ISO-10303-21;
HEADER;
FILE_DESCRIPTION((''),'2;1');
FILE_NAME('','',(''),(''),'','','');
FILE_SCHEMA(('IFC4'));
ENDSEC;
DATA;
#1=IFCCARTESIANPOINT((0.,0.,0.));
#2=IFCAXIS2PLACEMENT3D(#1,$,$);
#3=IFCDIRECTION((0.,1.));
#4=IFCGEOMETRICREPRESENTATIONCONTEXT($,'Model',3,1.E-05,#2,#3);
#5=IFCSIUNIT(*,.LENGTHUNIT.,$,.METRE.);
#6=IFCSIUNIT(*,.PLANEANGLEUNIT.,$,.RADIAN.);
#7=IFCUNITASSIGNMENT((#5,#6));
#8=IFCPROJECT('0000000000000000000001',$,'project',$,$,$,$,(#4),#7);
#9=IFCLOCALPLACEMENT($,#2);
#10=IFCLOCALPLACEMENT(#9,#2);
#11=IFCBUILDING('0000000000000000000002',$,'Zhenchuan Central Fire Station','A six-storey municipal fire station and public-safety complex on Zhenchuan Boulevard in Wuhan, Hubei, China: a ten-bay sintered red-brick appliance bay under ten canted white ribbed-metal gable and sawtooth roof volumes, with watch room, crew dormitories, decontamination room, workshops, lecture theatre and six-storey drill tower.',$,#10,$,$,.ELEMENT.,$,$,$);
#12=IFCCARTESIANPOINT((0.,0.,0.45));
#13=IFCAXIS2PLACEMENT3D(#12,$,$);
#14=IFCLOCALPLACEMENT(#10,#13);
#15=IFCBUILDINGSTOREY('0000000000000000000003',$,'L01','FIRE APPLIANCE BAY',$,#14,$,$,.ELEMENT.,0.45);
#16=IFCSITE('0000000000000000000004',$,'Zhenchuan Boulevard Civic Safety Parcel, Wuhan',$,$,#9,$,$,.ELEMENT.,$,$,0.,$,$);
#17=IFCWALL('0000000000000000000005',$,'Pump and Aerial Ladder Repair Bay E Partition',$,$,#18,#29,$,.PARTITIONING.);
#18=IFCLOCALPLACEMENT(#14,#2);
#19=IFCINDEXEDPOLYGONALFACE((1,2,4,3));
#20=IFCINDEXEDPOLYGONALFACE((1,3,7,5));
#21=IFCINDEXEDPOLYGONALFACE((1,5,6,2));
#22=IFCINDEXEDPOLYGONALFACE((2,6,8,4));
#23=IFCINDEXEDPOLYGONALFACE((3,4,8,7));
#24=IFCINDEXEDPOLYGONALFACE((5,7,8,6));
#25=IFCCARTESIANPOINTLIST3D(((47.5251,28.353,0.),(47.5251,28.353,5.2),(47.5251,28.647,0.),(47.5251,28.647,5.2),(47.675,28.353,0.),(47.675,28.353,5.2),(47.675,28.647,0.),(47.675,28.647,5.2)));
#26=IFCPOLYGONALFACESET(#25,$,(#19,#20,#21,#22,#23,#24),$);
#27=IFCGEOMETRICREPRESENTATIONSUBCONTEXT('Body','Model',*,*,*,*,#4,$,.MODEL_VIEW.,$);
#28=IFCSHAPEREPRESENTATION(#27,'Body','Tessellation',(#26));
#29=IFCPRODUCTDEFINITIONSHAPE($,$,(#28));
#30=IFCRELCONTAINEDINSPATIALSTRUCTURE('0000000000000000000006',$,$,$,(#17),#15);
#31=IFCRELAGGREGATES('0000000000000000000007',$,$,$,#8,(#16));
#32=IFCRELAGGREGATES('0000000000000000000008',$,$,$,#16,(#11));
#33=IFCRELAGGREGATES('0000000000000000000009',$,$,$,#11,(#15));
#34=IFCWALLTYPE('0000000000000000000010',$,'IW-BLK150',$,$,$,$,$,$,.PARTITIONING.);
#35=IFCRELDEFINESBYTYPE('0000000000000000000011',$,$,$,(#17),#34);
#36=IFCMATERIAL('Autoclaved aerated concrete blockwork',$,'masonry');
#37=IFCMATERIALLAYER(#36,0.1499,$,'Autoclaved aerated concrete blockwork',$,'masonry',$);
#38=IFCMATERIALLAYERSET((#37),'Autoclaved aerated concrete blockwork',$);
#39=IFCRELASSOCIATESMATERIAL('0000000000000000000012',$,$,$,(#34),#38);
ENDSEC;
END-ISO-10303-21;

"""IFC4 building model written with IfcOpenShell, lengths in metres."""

from ifc_helpers import new_model, si_unit, direction, frame, frame_2d, origin, place, context, subcontext, project, spatial, rectangle, extrude, material, layer, layer_set, type_object, element, save


model = new_model("IFC4")

# Units and contexts
model_context = context("Model", 3, precision=1e-05, world=origin(), true_north=direction((0.0, 1.0)))
body_context = subcontext(model_context, "Body", "Model", "MODEL_VIEW")
ifc_project = project(units=[si_unit("LENGTHUNIT", "METRE"), si_unit("PLANEANGLEUNIT", "RADIAN")], contexts=[model_context])

# Site, building, storey
site_placement = place(None, origin())
site = spatial("IfcSite", under=ifc_project, at=site_placement, Name="Zhenchuan Boulevard Civic Safety Parcel, Wuhan", CompositionType="ELEMENT", RefElevation=0.0)
building_placement = place(site_placement, origin())
building = spatial("IfcBuilding", under=site, at=building_placement, Name="Zhenchuan Central Fire Station", Description="A six-storey municipal fire station and public-safety complex on Zhenchuan Boulevard in Wuhan, Hubei, China: a ten-bay sintered red-brick appliance bay under ten canted white ribbed-metal gable and sawtooth roof volumes, with watch room, crew dormitories, decontamination room, workshops, lecture theatre and six-storey drill tower.", CompositionType="ELEMENT")
storey_placement = place(building_placement, frame((0.0, 0.0, 0.45)))
storey = spatial("IfcBuildingStorey", under=building, at=storey_placement, Name="L01", Description="FIRE APPLIANCE BAY", CompositionType="ELEMENT", Elevation=0.45)

# Wall
ifc_material_1 = material(Name="Autoclaved aerated concrete blockwork", Category="masonry")
ifc_layer_1 = layer(ifc_material_1, 0.1499, Name="Autoclaved aerated concrete blockwork", Category="masonry")
ifc_layer_set_1 = layer_set([ifc_layer_1], Name="Autoclaved aerated concrete blockwork")
wall_type_1 = type_object("IfcWallType", Name="IW-BLK150", PredefinedType="PARTITIONING", material=ifc_layer_set_1)
wall_1_placement = place(storey_placement, frame((47.6001, 28.353, 0.0), z_axis=(0.0, 0.0, 1.0), x_axis=(0.0, 1.0, 0.0)))
element("IfcWall", 1, at=wall_1_placement, inside=storey, type_object=wall_type_1, Name="Pump and Aerial Ladder Repair Bay E Partition", PredefinedType="PARTITIONING", context=body_context, shape_type="SweptSolid", body=[
    extrude(rectangle(XDim=0.2939, YDim=0.1499, at=frame_2d((0.147, 0.0))), origin(), (0.0, 0.0, 1.0), 5.2),
])

save(model, "model.ifc")
